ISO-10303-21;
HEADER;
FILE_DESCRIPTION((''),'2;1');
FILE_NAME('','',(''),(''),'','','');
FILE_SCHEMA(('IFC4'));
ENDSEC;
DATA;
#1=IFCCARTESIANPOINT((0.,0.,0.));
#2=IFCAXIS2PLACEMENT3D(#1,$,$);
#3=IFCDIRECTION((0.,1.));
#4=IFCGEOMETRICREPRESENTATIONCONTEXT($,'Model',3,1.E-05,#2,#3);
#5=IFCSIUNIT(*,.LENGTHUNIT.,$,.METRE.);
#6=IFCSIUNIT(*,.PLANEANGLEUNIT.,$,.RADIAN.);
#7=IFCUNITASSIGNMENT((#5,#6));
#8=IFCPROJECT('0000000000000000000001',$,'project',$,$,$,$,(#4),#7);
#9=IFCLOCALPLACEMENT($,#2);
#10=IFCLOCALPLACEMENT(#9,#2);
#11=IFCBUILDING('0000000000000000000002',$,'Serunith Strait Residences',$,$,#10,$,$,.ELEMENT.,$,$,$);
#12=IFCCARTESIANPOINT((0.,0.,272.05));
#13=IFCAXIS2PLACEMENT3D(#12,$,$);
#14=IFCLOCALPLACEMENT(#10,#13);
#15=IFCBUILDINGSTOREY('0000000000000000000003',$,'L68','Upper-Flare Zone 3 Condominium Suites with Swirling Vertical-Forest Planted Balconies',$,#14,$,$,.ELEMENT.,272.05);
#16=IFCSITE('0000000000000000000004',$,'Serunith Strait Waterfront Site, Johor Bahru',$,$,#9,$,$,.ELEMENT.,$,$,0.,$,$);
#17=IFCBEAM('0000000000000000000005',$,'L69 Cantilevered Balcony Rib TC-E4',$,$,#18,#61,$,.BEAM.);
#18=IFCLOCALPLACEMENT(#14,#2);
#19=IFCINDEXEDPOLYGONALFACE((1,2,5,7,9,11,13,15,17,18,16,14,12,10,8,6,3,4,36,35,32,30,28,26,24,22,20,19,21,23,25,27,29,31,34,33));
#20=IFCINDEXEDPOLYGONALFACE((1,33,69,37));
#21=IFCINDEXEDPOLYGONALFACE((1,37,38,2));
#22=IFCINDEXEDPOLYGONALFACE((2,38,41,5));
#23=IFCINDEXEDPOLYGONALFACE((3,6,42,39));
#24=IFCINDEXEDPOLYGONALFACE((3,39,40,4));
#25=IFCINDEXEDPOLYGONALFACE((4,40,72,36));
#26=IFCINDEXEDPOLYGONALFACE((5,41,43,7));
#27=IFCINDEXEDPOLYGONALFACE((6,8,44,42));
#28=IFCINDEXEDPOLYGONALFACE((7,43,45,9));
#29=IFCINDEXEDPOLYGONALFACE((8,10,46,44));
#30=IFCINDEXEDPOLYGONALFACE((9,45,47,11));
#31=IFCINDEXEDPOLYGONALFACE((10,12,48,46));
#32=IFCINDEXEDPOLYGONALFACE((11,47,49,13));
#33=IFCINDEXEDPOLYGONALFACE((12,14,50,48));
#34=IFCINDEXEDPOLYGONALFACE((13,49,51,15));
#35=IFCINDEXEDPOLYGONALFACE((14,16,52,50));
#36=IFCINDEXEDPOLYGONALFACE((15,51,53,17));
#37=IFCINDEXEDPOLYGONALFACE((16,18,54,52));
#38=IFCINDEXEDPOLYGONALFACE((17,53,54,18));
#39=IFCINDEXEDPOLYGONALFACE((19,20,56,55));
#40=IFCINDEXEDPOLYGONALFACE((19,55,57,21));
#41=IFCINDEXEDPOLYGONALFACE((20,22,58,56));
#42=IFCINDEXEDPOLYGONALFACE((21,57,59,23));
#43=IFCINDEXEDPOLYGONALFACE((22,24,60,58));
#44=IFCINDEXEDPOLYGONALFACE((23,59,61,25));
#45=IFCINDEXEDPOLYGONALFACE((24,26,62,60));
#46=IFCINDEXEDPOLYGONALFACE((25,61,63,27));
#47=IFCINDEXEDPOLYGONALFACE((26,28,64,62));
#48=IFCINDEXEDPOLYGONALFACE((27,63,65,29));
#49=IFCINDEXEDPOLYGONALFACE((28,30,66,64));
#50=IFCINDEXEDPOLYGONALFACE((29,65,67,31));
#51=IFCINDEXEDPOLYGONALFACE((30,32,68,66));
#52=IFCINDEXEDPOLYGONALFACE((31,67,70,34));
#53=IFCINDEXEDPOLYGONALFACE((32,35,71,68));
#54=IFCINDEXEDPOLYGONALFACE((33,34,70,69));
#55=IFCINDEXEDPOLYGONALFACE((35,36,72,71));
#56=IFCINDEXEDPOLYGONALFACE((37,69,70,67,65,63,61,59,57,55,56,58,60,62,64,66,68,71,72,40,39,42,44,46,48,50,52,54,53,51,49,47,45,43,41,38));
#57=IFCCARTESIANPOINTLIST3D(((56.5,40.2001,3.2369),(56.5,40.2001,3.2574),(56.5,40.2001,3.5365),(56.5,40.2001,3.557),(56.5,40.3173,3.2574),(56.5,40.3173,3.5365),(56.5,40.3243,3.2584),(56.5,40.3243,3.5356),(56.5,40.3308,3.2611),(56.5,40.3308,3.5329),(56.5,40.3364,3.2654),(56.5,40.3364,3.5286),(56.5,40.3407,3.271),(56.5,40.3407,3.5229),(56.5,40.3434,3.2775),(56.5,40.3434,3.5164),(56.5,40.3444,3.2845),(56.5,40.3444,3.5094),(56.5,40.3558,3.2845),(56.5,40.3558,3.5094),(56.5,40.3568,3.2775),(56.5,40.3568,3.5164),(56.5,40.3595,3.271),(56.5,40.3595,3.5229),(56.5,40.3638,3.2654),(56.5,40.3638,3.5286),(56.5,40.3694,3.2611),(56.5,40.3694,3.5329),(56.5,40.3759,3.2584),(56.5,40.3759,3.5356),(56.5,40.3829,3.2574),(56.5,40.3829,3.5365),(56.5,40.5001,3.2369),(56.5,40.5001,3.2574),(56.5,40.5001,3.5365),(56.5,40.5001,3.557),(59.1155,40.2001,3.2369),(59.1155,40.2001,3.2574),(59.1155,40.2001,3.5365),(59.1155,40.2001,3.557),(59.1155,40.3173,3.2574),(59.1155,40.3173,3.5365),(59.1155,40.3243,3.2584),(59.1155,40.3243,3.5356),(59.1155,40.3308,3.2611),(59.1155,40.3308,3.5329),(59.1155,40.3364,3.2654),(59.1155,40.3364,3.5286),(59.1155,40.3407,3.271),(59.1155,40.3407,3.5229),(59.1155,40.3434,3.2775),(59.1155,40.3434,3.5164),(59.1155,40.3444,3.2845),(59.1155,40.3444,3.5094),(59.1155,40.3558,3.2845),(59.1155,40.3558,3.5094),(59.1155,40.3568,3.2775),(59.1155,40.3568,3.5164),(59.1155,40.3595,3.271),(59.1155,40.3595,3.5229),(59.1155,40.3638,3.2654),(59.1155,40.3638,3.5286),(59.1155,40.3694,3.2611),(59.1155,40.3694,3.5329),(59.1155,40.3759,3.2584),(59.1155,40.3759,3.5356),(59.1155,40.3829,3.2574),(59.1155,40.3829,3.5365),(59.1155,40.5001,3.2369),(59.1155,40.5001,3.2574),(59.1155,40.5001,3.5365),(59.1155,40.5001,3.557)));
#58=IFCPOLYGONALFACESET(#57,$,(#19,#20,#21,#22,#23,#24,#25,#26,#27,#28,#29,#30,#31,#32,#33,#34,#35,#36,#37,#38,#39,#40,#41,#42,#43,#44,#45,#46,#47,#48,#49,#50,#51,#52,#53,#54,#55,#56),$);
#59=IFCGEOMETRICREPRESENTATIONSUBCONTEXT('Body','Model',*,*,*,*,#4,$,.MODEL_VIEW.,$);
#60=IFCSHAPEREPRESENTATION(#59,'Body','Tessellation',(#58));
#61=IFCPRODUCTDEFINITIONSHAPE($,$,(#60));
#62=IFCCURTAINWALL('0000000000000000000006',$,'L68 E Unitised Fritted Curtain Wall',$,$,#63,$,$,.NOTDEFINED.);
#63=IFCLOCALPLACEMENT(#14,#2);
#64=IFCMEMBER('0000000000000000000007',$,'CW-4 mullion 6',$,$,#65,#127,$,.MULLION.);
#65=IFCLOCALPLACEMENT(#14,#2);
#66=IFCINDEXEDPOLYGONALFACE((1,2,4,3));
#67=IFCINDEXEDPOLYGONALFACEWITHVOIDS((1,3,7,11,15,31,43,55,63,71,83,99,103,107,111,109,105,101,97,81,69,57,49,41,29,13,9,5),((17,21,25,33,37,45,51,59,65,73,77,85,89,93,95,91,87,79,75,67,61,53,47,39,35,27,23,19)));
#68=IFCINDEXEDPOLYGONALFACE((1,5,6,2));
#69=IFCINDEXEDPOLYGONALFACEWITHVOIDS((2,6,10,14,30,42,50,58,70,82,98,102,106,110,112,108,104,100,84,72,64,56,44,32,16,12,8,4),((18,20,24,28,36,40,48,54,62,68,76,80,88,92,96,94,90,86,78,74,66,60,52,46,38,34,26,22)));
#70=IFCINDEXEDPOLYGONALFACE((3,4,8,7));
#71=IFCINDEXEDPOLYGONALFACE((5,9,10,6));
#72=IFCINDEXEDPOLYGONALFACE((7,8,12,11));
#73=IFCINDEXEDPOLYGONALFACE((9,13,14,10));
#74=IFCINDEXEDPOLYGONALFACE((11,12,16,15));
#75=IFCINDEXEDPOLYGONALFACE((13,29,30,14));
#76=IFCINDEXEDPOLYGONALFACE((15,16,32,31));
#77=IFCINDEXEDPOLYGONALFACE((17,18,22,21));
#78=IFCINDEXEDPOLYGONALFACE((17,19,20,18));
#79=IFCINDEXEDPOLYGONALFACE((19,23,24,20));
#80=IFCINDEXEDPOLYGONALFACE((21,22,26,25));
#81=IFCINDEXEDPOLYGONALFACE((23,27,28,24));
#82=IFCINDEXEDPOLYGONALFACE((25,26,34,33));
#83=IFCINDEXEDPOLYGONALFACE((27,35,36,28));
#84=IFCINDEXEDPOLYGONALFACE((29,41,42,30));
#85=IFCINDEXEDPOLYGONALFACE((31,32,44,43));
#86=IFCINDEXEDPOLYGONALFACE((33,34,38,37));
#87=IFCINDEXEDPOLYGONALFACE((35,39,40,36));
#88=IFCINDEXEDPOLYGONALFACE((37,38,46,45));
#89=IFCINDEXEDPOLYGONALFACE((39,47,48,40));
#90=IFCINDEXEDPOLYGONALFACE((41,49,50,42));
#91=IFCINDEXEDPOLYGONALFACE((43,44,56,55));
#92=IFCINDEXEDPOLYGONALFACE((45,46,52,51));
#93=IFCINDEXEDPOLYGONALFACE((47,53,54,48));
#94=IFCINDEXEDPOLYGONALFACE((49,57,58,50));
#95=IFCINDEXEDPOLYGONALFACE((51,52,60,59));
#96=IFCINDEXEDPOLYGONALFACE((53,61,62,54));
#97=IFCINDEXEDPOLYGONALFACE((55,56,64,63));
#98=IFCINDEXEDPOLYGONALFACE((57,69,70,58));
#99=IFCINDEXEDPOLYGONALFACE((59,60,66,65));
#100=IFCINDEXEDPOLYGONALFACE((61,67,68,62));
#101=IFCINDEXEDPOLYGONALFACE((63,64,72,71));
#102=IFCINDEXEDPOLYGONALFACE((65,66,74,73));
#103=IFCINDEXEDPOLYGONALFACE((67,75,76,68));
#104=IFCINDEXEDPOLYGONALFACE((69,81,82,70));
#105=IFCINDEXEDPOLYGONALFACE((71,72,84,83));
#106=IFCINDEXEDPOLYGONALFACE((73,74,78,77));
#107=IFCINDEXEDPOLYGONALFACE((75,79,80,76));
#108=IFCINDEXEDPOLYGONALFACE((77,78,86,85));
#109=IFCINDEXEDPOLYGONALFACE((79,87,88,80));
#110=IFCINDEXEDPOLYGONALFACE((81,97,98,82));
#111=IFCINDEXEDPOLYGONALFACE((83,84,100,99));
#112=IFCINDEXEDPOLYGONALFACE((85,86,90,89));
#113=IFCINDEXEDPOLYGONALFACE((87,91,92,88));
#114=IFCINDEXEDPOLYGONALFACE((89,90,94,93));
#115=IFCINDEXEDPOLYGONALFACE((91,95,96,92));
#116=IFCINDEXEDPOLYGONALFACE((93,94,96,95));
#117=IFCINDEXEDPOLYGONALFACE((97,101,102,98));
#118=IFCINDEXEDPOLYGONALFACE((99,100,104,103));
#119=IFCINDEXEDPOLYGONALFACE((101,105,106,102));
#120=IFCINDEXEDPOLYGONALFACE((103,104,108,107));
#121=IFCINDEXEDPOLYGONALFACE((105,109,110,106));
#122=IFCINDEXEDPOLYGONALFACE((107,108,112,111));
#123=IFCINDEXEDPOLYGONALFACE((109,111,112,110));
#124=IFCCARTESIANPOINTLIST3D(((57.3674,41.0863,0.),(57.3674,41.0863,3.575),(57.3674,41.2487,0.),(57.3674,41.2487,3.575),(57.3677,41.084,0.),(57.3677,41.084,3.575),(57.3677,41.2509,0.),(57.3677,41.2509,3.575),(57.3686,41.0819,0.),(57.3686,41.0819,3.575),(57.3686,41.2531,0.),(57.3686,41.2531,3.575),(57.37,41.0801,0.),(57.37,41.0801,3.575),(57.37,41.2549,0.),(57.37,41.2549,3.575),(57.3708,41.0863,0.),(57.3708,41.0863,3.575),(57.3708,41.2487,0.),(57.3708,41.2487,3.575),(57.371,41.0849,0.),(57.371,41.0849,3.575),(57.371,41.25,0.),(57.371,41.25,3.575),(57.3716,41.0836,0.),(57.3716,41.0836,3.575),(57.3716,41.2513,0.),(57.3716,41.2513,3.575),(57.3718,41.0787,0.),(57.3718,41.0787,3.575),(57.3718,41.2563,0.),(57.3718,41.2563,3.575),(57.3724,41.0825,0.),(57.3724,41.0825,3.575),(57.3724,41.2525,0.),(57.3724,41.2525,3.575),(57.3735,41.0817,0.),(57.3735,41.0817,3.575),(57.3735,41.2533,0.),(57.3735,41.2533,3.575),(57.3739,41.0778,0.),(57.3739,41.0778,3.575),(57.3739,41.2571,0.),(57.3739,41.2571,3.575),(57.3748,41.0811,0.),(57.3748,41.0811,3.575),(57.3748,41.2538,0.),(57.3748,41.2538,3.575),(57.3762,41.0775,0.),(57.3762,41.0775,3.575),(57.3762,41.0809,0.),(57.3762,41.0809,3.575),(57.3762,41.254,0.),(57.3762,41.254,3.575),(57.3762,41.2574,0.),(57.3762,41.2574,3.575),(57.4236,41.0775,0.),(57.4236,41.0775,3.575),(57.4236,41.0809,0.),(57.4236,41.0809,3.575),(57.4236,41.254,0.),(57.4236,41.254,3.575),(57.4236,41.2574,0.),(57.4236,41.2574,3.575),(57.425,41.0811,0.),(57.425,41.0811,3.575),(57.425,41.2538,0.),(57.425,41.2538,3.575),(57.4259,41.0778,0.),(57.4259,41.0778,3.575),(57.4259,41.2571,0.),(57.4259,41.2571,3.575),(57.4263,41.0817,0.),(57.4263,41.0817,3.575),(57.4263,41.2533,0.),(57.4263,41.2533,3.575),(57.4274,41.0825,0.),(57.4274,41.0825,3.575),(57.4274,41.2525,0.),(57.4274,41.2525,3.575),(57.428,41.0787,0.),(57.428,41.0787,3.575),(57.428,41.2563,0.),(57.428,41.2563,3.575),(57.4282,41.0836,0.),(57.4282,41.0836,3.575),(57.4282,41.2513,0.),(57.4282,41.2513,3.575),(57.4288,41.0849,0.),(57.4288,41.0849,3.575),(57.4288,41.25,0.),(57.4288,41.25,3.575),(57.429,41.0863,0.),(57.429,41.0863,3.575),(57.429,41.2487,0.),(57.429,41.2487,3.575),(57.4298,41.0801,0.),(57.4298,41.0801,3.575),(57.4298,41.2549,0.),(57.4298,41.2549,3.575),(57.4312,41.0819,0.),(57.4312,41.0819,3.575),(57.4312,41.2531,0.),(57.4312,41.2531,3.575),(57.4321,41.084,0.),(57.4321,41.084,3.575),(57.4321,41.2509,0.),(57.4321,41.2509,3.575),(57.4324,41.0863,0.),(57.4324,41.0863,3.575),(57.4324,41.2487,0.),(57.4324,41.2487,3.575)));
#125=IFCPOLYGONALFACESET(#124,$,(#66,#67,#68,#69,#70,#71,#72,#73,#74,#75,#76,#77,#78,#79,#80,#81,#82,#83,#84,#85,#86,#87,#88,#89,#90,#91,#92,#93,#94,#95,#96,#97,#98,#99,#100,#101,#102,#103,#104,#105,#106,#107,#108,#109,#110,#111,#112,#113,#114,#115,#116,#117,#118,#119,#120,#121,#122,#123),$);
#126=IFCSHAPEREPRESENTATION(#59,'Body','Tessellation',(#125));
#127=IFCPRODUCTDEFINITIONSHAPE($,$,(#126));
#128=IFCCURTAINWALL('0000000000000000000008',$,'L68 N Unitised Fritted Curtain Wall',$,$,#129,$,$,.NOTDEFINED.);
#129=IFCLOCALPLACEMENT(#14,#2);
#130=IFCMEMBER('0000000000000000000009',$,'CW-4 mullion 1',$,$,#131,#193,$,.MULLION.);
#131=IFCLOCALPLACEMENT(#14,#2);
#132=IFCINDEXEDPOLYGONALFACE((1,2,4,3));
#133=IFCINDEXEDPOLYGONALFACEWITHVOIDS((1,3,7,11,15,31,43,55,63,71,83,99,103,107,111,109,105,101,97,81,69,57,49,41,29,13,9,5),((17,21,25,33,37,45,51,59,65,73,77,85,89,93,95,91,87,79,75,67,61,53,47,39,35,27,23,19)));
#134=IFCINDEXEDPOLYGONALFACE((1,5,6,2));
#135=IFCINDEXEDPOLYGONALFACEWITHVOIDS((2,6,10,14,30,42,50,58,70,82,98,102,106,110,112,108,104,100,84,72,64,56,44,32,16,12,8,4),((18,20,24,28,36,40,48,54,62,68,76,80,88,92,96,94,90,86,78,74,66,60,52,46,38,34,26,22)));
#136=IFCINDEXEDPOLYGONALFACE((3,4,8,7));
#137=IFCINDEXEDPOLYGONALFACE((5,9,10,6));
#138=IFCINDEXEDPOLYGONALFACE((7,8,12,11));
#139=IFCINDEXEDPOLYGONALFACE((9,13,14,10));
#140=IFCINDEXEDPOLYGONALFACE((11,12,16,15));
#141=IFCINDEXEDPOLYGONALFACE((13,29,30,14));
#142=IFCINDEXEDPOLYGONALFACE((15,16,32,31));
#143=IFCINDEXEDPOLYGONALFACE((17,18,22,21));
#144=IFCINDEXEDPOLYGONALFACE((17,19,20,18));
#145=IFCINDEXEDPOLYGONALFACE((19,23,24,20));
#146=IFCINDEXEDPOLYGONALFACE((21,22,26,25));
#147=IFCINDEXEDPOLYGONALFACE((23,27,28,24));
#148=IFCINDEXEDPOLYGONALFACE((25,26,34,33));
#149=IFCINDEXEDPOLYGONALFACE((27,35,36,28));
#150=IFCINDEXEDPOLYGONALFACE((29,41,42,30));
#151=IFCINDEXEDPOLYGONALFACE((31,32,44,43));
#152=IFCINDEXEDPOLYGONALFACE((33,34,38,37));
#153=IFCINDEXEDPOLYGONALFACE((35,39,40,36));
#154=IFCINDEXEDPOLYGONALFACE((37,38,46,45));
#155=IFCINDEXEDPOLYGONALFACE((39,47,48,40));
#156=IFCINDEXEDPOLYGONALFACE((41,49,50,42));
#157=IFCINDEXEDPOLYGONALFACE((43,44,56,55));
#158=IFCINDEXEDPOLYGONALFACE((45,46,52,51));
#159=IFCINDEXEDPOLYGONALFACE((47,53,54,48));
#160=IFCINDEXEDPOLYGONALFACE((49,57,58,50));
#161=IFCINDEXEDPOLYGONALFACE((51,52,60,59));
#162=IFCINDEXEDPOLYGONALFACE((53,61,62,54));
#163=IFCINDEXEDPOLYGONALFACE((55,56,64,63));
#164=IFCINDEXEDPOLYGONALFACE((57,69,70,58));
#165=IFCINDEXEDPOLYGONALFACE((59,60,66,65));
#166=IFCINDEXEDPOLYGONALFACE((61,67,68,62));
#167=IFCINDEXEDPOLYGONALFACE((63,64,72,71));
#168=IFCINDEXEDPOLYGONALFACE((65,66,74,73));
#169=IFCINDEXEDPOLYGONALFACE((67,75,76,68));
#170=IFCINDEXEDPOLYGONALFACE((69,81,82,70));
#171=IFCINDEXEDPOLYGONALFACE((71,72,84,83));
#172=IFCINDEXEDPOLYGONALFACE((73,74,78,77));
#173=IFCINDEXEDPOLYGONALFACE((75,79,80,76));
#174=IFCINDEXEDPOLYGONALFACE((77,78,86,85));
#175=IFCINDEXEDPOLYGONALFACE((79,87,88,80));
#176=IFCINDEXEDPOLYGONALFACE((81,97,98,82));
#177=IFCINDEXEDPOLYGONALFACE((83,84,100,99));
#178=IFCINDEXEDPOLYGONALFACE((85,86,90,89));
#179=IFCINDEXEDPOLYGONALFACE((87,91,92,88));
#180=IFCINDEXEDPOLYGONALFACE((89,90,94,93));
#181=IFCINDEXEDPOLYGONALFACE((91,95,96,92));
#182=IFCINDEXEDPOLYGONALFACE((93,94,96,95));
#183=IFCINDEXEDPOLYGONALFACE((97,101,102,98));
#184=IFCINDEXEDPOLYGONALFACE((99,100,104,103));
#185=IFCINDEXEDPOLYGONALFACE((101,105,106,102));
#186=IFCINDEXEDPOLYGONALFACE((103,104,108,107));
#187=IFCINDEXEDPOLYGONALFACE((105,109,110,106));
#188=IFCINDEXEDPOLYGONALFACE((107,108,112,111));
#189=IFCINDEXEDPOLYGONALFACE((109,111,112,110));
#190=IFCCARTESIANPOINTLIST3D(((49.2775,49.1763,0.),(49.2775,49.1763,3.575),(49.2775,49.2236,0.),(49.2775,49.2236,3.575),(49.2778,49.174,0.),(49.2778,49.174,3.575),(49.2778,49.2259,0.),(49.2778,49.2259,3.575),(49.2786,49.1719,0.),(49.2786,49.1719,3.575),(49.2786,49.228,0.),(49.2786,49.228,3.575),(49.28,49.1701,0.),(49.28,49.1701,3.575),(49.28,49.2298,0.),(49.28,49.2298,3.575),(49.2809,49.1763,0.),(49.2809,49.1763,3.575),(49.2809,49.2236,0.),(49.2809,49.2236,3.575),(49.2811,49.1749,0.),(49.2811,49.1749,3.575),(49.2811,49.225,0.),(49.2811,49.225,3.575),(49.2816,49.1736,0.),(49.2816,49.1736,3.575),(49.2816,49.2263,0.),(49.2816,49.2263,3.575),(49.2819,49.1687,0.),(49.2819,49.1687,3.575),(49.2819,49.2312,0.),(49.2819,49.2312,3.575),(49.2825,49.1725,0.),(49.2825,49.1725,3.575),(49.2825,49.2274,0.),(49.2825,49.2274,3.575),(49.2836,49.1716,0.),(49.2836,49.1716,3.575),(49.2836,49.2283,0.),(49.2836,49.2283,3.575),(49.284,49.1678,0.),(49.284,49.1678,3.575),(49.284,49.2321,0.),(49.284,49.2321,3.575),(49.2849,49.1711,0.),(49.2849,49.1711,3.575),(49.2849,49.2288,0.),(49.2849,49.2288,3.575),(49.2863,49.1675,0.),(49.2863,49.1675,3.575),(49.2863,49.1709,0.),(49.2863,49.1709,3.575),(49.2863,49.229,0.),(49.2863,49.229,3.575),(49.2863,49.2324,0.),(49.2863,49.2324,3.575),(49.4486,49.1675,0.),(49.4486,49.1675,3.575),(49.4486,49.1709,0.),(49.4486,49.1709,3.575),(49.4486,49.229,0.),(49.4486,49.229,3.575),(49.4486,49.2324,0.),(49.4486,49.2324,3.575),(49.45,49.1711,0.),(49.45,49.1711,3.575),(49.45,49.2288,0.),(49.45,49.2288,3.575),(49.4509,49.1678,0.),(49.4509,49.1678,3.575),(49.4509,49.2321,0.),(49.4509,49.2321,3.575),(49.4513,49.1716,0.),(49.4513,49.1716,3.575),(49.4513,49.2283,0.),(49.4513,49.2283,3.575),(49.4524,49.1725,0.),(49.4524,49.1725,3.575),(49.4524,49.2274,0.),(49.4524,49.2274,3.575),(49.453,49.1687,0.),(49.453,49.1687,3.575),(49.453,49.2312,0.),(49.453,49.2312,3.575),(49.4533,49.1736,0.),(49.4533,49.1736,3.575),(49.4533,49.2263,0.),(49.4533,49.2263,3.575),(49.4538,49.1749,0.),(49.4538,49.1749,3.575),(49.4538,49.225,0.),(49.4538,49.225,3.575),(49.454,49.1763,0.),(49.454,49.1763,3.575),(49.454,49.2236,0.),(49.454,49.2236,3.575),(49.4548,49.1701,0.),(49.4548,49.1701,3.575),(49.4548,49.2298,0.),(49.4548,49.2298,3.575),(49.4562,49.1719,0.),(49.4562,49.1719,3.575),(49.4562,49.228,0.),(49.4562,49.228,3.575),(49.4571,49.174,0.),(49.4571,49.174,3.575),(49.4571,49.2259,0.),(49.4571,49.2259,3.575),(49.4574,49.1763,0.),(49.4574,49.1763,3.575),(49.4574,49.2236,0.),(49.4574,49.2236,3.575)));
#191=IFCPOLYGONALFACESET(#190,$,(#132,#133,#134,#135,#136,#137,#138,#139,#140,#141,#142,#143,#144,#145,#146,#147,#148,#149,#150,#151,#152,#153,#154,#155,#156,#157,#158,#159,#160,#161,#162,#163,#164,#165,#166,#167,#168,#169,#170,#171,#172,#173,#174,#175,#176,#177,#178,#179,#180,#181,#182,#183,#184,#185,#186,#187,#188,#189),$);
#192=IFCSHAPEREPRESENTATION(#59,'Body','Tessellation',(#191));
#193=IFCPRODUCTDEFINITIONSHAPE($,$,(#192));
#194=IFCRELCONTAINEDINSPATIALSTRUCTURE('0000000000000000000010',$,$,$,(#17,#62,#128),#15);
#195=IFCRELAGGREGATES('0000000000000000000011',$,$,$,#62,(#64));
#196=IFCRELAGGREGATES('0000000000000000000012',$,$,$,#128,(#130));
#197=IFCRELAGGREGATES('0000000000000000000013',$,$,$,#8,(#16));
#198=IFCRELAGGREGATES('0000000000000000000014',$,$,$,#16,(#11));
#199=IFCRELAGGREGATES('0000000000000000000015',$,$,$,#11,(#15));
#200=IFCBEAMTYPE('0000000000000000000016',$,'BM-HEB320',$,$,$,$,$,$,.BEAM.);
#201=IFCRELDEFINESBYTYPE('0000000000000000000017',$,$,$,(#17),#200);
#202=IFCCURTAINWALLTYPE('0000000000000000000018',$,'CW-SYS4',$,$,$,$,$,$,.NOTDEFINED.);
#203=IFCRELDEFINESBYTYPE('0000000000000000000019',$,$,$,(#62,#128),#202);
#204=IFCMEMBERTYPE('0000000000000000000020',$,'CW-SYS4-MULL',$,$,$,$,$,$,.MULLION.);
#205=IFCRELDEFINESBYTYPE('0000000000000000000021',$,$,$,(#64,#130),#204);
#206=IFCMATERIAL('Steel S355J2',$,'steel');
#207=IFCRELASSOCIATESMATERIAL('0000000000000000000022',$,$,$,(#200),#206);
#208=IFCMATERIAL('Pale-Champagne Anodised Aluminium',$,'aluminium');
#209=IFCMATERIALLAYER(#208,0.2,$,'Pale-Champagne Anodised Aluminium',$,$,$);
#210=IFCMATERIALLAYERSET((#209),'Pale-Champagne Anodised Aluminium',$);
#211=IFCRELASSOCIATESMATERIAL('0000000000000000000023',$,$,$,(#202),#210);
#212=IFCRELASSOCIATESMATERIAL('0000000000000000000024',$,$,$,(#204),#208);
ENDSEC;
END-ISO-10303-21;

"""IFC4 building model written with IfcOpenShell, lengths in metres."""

from ifc_helpers import new_model, si_unit, direction, frame, origin, origin_2d, place, context, subcontext, project, spatial, hollow_rectangle, i_section, extrude, source, transform, mapped, material, layer, layer_set, material_profile, profile_set, type_object, element, aggregate, save


model = new_model("IFC4")

# Units and contexts
model_context = context("Model", 3, precision=1e-05, world=origin(), true_north=direction((0.0, 1.0)))
body_context = subcontext(model_context, "Body", "Model", "MODEL_VIEW")
ifc_project = project(units=[si_unit("LENGTHUNIT", "METRE"), si_unit("PLANEANGLEUNIT", "RADIAN")], contexts=[model_context])

# Site, building, storey
site_placement = place(None, origin())
site = spatial("IfcSite", under=ifc_project, at=site_placement, Name="Serunith Strait Waterfront Site, Johor Bahru", CompositionType="ELEMENT", RefElevation=0.0)
building_placement = place(site_placement, origin())
building = spatial("IfcBuilding", under=site, at=building_placement, Name="Serunith Strait Residences", CompositionType="ELEMENT")
storey_placement = place(building_placement, frame((0.0, 0.0, 272.05)))
storey = spatial("IfcBuildingStorey", under=building, at=storey_placement, Name="L68", Description="Upper-Flare Zone 3 Condominium Suites with Swirling Vertical-Forest Planted Balconies", CompositionType="ELEMENT", Elevation=272.05)

# Beam
ifc_material_1 = material(Name="Steel S355J2", Category="steel")
ifc_material_profile_1 = material_profile(ifc_material_1, i_section(OverallWidth=0.3, OverallDepth=0.3201, WebThickness=0.0115, FlangeThickness=0.0205, FilletRadius=0.0271, at=origin_2d()), Name="HEB 320")
ifc_profile_set_1 = profile_set([ifc_material_profile_1], Name="Steel S355J2")
beam_type_1 = type_object("IfcBeamType", Name="BM-HEB320", PredefinedType="BEAM", material=ifc_profile_set_1)
shared_shape_1 = source(origin(), body_context, "Body", "SweptSolid", [
    extrude(i_section(OverallWidth=0.3, OverallDepth=0.3201, WebThickness=0.0115, FlangeThickness=0.0205, FilletRadius=0.0271, at=origin_2d()), origin(), (0.0, 0.0, 1.0), 2.6155),
])
beam_1_placement = place(storey_placement, frame((56.5, 40.3501, 3.397), z_axis=(1.0, 0.0, 0.0), x_axis=(0.0, 1.0, 0.0)))
element("IfcBeam", 1, at=beam_1_placement, inside=storey, type_object=beam_type_1, Name="L69 Cantilevered Balcony Rib TC-E4", PredefinedType="BEAM", context=body_context, shape_type="MappedRepresentation", body=[
    mapped(shared_shape_1, transform((0.0, 0.0, 0.0), scale=1.0)),
])

# Curtain wall, member
ifc_material_2 = material(Name="Pale-Champagne Anodised Aluminium", Category="aluminium")
ifc_layer_1 = layer(ifc_material_2, 0.2, Name="Pale-Champagne Anodised Aluminium")
ifc_layer_set_1 = layer_set([ifc_layer_1], Name="Pale-Champagne Anodised Aluminium")
curtain_wall_type = type_object("IfcCurtainWallType", Name="CW-SYS4", PredefinedType="NOTDEFINED", material=ifc_layer_set_1)
curtain_wall_1_placement = place(storey_placement, origin())
curtain_wall_1 = element("IfcCurtainWall", 2, at=curtain_wall_1_placement, inside=storey, type_object=curtain_wall_type, Name="L68 E Unitised Fritted Curtain Wall", PredefinedType="NOTDEFINED")
ifc_material_profile_2 = material_profile(ifc_material_2, hollow_rectangle(XDim=0.0649, YDim=0.1799, WallThickness=0.0034, InnerFilletRadius=0.0054, OuterFilletRadius=0.0088, at=origin_2d()), Name="ALU 180x65x3.5")
ifc_profile_set_2 = profile_set([ifc_material_profile_2], Name="Pale-Champagne Anodised Aluminium")
member_type_1 = type_object("IfcMemberType", Name="CW-SYS4-MULL", PredefinedType="MULLION", material=ifc_profile_set_2)
shared_shape_2 = source(origin(), body_context, "Body", "SweptSolid", [
    extrude(hollow_rectangle(XDim=0.0649, YDim=0.1799, WallThickness=0.0034, InnerFilletRadius=0.0054, OuterFilletRadius=0.0088, at=origin_2d()), origin(), (0.0, 0.0, 1.0), 3.575),
])
member_1_placement = place(storey_placement, frame((57.3999, 41.1675, 0.0), z_axis=(0.0, 0.0, 1.0), x_axis=(-1.0, 0.0, 0.0)))
member_1 = element("IfcMember", 3, at=member_1_placement, type_object=member_type_1, Name="CW-4 mullion 6", PredefinedType="MULLION", context=body_context, shape_type="MappedRepresentation", body=[
    mapped(shared_shape_2, transform((0.0, 0.0, 0.0), scale=1.0)),
])
aggregate(curtain_wall_1, [member_1])

# Curtain wall, member
curtain_wall_2_placement = place(storey_placement, origin())
curtain_wall_2 = element("IfcCurtainWall", 4, at=curtain_wall_2_placement, inside=storey, type_object=curtain_wall_type, Name="L68 N Unitised Fritted Curtain Wall", PredefinedType="NOTDEFINED")
member_2_placement = place(storey_placement, frame((49.3674, 49.2, 0.0), z_axis=(0.0, 0.0, 1.0), x_axis=(0.0, -1.0, 0.0)))
member_2 = element("IfcMember", 5, at=member_2_placement, type_object=member_type_1, Name="CW-4 mullion 1", PredefinedType="MULLION", context=body_context, shape_type="MappedRepresentation", body=[
    mapped(shared_shape_2, transform((0.0, 0.0, 0.0), scale=1.0)),
])
aggregate(curtain_wall_2, [member_2])

save(model, "model.ifc")
